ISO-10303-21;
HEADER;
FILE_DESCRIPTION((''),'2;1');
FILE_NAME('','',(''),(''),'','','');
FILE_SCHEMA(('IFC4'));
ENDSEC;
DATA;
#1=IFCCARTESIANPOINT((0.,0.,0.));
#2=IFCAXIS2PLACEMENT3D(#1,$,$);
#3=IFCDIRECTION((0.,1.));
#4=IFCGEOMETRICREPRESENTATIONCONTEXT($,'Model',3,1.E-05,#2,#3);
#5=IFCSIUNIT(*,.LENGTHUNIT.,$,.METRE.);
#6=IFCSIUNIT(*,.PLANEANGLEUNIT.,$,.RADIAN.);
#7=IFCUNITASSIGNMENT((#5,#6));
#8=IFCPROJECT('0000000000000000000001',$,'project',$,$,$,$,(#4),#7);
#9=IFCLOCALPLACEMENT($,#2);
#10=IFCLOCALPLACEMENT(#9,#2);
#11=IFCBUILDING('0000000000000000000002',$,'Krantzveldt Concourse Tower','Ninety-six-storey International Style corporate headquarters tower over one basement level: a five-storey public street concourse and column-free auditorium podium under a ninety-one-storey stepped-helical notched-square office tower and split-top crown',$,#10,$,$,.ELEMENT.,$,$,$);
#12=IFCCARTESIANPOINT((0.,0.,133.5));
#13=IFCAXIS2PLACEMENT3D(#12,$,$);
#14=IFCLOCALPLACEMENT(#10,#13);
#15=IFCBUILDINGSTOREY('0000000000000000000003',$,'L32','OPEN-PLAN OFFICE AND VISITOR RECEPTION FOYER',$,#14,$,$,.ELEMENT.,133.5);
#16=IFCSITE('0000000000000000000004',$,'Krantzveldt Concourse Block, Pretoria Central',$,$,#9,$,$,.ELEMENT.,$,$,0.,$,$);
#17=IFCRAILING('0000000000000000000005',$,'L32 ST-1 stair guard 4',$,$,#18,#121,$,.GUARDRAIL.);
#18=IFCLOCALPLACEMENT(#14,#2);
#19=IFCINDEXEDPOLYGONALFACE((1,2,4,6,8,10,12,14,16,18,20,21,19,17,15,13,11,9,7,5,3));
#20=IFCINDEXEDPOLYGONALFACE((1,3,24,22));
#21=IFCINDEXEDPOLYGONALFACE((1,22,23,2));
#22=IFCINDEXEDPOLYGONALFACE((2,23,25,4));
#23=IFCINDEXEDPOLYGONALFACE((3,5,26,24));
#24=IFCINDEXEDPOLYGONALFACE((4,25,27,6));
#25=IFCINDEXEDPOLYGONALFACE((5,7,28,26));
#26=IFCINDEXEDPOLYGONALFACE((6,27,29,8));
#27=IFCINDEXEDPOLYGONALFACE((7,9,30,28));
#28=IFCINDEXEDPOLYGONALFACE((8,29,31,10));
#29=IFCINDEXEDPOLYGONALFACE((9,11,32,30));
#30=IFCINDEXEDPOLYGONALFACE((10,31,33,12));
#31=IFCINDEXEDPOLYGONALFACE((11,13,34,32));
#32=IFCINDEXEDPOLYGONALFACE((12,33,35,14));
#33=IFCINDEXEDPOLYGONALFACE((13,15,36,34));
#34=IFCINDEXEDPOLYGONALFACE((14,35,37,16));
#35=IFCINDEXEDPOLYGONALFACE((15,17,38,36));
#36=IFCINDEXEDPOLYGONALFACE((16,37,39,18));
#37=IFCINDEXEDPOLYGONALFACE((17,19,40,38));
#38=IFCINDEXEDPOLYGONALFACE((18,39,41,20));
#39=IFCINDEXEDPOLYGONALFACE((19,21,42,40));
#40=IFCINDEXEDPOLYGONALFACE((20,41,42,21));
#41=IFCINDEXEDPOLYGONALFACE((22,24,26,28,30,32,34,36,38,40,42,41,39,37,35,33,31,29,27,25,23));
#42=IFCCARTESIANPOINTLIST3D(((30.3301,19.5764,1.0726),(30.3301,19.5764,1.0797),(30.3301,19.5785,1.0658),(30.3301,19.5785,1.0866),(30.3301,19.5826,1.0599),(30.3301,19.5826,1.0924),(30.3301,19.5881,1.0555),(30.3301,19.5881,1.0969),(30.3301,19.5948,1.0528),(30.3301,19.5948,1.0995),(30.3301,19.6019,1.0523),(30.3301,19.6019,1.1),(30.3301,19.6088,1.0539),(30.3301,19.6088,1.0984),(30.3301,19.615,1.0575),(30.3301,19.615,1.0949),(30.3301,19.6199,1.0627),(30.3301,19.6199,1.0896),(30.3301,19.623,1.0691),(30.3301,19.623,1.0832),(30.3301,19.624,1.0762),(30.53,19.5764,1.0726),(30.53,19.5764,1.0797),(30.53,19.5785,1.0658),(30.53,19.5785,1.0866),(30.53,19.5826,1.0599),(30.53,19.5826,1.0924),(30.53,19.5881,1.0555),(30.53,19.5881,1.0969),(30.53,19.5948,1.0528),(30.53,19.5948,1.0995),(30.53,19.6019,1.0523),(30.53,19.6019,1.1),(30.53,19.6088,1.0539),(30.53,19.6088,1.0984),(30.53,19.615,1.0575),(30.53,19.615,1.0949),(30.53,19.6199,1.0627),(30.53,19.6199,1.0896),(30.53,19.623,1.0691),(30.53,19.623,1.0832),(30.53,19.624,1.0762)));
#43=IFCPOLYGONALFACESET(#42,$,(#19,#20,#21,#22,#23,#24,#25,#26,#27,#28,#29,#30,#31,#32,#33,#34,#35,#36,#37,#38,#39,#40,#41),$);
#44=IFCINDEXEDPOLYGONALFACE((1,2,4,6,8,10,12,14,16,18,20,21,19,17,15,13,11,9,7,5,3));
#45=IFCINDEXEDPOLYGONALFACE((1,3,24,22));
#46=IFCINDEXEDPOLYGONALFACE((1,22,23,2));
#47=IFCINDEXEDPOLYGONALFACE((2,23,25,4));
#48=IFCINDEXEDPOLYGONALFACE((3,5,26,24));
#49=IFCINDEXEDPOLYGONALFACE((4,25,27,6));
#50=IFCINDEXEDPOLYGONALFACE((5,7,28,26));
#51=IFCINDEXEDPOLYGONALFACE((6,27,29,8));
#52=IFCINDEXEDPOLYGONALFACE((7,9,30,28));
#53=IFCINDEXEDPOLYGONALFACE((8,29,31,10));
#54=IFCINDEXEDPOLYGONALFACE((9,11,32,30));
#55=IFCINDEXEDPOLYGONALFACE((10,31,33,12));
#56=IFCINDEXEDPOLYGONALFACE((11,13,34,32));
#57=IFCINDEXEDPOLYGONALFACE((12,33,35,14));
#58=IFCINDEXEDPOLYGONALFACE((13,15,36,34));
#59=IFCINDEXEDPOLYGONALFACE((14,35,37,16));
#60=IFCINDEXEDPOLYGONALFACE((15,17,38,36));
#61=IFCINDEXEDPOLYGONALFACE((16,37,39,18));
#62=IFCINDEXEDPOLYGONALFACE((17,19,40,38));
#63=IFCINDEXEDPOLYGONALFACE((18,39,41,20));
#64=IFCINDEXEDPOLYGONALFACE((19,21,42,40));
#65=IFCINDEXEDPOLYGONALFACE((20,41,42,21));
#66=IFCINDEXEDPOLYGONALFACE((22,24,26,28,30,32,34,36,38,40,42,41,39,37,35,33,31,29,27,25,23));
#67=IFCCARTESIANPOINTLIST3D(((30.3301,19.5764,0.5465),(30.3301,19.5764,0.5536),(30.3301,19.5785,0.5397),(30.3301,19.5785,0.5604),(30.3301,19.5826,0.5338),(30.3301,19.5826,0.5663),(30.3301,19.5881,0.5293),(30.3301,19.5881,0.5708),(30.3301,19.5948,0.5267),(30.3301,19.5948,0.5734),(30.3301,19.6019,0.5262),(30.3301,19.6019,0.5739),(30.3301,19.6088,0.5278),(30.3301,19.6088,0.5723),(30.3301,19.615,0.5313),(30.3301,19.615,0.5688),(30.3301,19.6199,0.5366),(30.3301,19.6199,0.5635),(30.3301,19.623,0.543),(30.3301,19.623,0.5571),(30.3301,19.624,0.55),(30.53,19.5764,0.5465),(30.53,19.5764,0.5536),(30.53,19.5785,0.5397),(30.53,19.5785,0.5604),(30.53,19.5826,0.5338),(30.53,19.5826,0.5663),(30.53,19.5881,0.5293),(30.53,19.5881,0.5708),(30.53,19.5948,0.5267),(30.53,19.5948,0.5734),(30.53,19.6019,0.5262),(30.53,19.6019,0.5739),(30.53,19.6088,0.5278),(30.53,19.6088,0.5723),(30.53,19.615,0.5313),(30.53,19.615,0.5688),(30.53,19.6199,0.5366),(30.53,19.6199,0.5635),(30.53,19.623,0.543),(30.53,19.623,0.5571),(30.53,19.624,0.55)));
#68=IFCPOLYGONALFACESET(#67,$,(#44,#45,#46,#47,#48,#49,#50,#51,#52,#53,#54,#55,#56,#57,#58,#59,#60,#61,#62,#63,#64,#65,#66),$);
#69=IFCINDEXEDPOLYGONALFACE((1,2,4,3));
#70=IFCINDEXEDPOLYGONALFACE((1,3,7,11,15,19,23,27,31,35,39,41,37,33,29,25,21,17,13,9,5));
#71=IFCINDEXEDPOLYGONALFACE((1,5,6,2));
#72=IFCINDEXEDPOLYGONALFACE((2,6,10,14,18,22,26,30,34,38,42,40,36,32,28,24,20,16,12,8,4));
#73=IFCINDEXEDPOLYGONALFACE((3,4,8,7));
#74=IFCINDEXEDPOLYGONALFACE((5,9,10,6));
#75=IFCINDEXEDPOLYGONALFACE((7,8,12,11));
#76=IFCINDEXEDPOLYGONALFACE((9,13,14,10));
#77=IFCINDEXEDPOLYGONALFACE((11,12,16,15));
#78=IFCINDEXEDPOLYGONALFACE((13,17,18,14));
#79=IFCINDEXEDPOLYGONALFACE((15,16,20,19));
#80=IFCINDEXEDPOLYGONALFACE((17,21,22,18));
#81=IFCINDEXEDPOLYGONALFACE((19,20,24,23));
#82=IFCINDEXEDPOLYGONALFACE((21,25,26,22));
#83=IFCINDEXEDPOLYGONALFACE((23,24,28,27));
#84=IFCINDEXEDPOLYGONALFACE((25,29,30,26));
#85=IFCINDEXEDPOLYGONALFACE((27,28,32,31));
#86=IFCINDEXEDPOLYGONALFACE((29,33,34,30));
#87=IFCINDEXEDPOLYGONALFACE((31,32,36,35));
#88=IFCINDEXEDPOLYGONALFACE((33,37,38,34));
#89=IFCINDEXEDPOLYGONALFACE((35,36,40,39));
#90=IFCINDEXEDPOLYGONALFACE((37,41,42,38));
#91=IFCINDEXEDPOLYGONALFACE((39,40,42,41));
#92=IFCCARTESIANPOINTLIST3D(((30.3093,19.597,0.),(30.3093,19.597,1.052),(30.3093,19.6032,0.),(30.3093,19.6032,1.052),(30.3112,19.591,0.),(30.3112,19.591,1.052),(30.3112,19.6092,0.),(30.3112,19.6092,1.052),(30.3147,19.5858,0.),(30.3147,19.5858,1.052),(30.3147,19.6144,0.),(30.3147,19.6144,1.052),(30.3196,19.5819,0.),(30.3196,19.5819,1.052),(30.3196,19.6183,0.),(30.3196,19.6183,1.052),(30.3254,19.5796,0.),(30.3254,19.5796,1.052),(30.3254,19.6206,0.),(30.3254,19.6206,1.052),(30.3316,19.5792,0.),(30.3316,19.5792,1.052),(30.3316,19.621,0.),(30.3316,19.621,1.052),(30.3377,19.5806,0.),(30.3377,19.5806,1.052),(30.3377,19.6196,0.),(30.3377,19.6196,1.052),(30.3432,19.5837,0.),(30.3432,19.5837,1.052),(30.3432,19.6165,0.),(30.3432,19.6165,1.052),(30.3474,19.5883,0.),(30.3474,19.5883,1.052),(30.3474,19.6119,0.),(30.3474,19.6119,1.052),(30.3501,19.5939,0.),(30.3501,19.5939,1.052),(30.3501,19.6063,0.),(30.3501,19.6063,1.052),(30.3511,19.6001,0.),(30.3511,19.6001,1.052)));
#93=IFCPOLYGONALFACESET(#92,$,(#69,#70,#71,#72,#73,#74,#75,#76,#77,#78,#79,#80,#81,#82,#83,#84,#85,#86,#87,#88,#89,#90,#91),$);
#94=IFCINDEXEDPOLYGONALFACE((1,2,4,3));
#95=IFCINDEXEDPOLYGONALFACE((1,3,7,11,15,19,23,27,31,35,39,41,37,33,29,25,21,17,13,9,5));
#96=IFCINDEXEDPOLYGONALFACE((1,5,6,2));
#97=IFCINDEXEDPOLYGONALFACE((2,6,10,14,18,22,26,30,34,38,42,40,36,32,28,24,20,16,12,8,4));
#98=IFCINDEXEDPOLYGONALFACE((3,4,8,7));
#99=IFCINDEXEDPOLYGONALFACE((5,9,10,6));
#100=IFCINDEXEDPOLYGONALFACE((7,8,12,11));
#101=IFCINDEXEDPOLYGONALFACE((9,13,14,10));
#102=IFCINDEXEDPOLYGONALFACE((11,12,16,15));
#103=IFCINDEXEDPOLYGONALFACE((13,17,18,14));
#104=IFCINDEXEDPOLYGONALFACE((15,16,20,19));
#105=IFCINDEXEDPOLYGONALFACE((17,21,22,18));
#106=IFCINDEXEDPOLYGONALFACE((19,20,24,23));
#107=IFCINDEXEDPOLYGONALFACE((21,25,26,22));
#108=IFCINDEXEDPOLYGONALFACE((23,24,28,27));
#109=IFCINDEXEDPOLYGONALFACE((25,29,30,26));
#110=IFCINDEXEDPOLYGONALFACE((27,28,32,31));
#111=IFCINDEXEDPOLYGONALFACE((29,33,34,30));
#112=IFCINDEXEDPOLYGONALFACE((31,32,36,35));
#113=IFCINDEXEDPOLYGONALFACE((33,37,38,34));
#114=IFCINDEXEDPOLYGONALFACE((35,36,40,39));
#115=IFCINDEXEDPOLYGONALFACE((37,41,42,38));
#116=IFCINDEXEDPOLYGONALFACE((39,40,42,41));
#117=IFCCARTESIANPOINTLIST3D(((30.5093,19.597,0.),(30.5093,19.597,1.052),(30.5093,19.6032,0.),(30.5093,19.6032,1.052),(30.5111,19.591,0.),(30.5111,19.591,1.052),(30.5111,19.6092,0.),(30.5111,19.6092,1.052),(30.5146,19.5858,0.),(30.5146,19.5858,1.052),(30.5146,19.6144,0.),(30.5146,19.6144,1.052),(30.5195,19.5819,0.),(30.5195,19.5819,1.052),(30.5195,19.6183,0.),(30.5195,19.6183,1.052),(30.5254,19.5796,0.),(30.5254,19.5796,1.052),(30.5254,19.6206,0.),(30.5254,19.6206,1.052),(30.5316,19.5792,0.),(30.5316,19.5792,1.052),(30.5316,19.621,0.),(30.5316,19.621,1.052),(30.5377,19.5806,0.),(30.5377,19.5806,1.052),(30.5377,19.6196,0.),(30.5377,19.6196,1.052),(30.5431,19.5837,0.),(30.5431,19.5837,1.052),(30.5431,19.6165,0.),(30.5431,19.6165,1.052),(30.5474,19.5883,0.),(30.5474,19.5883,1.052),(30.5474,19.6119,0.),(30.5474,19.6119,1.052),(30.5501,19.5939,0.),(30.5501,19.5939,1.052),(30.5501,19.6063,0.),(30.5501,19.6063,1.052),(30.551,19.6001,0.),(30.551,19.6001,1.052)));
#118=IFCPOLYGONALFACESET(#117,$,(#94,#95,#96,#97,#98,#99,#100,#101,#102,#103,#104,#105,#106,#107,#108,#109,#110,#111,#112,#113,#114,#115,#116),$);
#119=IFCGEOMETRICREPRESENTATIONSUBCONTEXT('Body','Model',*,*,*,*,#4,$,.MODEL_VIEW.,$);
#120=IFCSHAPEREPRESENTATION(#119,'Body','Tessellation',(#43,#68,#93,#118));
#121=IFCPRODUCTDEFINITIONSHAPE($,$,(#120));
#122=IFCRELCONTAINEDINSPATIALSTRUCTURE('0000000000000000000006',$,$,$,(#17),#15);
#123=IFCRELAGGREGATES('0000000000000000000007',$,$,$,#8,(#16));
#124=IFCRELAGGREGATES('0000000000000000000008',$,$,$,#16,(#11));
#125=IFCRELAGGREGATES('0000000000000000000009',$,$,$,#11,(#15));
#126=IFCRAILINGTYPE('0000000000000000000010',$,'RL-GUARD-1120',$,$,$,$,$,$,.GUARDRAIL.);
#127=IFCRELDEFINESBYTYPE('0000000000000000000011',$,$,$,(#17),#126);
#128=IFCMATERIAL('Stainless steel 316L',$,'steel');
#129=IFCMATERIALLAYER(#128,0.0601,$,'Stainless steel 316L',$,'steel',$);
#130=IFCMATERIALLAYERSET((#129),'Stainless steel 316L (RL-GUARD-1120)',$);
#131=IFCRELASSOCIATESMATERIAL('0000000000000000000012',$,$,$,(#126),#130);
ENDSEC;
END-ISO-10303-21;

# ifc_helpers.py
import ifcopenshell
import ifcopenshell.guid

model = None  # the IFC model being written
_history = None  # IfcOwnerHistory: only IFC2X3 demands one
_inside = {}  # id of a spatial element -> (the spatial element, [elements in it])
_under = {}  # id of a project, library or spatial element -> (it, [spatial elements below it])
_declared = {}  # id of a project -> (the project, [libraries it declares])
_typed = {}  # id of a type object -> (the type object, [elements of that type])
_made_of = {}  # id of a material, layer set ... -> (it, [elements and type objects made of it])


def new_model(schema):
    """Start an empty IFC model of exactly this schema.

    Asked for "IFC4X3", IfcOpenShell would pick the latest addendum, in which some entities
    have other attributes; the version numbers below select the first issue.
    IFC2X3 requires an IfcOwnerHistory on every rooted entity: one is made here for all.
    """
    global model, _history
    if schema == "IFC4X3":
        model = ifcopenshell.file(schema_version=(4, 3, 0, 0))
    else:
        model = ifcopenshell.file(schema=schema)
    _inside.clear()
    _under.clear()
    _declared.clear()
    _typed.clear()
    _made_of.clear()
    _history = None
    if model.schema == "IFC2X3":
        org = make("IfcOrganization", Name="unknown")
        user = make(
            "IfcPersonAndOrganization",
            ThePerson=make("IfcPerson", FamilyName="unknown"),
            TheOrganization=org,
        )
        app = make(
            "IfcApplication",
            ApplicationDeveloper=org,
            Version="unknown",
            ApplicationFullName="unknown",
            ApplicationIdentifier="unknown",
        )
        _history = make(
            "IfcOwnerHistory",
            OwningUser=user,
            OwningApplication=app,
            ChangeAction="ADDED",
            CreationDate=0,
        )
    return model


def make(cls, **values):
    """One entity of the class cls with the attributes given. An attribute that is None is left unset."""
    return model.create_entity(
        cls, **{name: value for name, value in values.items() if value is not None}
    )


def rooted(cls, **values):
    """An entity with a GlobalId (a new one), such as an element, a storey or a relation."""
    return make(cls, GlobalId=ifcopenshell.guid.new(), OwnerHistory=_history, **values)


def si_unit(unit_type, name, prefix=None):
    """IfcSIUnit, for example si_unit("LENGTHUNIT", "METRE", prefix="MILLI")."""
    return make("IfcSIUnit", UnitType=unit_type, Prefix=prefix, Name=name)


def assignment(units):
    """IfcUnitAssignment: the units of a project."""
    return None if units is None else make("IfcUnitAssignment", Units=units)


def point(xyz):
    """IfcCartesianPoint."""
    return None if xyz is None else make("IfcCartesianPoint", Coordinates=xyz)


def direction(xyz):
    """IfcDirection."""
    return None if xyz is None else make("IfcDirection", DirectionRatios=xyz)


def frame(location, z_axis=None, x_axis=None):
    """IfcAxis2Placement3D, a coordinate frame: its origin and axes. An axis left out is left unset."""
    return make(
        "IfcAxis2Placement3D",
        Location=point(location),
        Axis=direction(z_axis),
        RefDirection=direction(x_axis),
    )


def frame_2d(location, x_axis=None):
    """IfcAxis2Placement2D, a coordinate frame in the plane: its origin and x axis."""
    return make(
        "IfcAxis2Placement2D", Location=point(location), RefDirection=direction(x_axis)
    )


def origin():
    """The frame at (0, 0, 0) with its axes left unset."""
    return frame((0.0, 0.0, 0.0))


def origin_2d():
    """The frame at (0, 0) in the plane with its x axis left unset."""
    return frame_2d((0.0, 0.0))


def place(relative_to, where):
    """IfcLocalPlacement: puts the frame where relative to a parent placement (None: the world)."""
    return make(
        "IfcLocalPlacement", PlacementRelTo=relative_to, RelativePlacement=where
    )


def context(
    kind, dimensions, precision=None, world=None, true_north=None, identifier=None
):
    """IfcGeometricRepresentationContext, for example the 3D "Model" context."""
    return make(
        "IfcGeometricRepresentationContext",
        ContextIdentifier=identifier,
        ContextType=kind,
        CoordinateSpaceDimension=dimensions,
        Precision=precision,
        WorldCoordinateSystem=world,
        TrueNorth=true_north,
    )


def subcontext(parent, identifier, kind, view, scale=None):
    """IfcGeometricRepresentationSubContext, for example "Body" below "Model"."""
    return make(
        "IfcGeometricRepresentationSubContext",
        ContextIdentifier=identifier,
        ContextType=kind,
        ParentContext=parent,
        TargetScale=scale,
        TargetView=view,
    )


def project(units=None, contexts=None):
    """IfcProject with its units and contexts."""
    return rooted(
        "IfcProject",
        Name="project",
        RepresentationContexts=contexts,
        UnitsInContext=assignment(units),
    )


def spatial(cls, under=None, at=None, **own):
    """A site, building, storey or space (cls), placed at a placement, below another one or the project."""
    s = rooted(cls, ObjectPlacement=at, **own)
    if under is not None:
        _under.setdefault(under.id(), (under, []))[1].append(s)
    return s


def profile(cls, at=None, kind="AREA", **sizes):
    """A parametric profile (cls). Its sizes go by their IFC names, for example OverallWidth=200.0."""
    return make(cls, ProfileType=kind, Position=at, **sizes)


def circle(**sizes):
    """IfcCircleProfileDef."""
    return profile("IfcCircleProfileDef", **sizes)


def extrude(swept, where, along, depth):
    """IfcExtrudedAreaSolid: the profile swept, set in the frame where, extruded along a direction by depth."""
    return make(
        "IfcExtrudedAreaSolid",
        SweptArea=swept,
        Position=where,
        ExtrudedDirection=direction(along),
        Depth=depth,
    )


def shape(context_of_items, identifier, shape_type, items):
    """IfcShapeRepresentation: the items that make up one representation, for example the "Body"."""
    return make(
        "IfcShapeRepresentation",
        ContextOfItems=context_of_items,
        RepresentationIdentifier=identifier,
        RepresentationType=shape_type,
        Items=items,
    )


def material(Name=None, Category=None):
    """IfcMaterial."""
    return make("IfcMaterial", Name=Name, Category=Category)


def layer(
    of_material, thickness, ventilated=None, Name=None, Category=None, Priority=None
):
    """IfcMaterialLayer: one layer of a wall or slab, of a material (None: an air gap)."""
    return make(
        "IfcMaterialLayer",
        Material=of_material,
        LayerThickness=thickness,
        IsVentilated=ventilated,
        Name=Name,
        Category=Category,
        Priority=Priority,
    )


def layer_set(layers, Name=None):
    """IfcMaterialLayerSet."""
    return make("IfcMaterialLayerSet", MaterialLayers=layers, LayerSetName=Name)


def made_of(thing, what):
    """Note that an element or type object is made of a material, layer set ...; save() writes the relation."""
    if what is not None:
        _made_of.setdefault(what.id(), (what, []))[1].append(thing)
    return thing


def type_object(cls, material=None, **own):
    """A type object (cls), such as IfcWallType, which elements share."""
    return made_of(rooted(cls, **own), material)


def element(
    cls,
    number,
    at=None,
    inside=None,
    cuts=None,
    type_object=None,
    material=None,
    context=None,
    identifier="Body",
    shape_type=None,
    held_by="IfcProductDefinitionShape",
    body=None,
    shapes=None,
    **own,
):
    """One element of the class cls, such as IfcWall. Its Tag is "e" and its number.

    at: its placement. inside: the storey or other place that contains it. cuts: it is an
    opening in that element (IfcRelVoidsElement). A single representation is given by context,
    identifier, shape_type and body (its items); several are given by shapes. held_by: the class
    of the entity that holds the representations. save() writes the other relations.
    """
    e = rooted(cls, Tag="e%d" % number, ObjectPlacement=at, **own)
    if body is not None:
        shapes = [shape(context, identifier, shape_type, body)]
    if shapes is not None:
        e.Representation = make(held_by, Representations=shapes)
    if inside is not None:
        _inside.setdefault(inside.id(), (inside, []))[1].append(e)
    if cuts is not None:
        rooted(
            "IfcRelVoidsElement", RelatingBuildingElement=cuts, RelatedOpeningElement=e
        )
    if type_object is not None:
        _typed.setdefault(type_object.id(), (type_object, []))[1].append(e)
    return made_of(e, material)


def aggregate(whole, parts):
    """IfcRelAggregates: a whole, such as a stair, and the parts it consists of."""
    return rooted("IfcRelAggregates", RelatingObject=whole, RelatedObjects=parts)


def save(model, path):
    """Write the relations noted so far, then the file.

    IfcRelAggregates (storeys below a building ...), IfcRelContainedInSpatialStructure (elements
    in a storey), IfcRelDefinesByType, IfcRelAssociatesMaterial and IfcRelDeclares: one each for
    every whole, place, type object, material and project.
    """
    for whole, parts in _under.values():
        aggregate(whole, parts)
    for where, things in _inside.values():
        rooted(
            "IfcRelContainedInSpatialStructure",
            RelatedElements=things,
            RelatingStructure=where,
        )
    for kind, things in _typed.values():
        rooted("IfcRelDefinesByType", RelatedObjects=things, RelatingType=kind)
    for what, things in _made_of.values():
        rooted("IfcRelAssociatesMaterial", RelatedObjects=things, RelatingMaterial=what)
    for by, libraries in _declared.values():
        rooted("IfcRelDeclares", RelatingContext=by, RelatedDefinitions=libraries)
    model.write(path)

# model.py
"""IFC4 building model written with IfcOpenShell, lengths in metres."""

from ifc_helpers import new_model, si_unit, direction, frame, origin, origin_2d, place, context, subcontext, project, spatial, circle, extrude, material, layer, layer_set, type_object, element, save


model = new_model("IFC4")

# Units and contexts
model_context = context("Model", 3, precision=1e-05, world=origin(), true_north=direction((0.0, 1.0)))
body_context = subcontext(model_context, "Body", "Model", "MODEL_VIEW")
ifc_project = project(units=[si_unit("LENGTHUNIT", "METRE"), si_unit("PLANEANGLEUNIT", "RADIAN")], contexts=[model_context])

# Site, building, storey
site_placement = place(None, origin())
site = spatial("IfcSite", under=ifc_project, at=site_placement, Name="Krantzveldt Concourse Block, Pretoria Central", CompositionType="ELEMENT", RefElevation=0.0)
building_placement = place(site_placement, origin())
building = spatial("IfcBuilding", under=site, at=building_placement, Name="Krantzveldt Concourse Tower", Description="Ninety-six-storey International Style corporate headquarters tower over one basement level: a five-storey public street concourse and column-free auditorium podium under a ninety-one-storey stepped-helical notched-square office tower and split-top crown", CompositionType="ELEMENT")
storey_placement = place(building_placement, frame((0.0, 0.0, 133.5)))
storey = spatial("IfcBuildingStorey", under=building, at=storey_placement, Name="L32", Description="OPEN-PLAN OFFICE AND VISITOR RECEPTION FOYER", CompositionType="ELEMENT", Elevation=133.5)

# Shared definitions
ifc_material_1 = material(Name="Stainless steel 316L", Category="steel")

# Railing
ifc_layer_1 = layer(ifc_material_1, 0.0601, Name="Stainless steel 316L", Category="steel")
ifc_layer_set_1 = layer_set([ifc_layer_1], Name="Stainless steel 316L (RL-GUARD-1120)")
railing_type_1 = type_object("IfcRailingType", Name="RL-GUARD-1120", PredefinedType="GUARDRAIL", material=ifc_layer_set_1)
railing_1_placement = place(storey_placement, frame((30.3301, 19.6001, 0.0)))
element("IfcRailing", 1, at=railing_1_placement, inside=storey, type_object=railing_type_1, Name="L32 ST-1 stair guard 4", PredefinedType="GUARDRAIL", context=body_context, shape_type="SweptSolid", body=[
    extrude(circle(Radius=0.0239, at=origin_2d()), frame((0.0, 0.0, 1.0762), z_axis=(1.0, 0.0, 0.0), x_axis=(0.0, 1.0, 0.0)), (0.0, 0.0, 1.0), 0.2),
    extrude(circle(Radius=0.0239, at=origin_2d()), frame((0.0, 0.0, 0.55), z_axis=(1.0, 0.0, 0.0), x_axis=(0.0, 1.0, 0.0)), (0.0, 0.0, 1.0), 0.2),
    extrude(circle(Radius=0.021, at=origin_2d()), origin(), (0.0, 0.0, 1.0), 1.052),
    extrude(circle(Radius=0.021, at=origin_2d()), frame((0.2, 0.0, 0.0)), (0.0, 0.0, 1.0), 1.052),
])

save(model, "model.ifc")
